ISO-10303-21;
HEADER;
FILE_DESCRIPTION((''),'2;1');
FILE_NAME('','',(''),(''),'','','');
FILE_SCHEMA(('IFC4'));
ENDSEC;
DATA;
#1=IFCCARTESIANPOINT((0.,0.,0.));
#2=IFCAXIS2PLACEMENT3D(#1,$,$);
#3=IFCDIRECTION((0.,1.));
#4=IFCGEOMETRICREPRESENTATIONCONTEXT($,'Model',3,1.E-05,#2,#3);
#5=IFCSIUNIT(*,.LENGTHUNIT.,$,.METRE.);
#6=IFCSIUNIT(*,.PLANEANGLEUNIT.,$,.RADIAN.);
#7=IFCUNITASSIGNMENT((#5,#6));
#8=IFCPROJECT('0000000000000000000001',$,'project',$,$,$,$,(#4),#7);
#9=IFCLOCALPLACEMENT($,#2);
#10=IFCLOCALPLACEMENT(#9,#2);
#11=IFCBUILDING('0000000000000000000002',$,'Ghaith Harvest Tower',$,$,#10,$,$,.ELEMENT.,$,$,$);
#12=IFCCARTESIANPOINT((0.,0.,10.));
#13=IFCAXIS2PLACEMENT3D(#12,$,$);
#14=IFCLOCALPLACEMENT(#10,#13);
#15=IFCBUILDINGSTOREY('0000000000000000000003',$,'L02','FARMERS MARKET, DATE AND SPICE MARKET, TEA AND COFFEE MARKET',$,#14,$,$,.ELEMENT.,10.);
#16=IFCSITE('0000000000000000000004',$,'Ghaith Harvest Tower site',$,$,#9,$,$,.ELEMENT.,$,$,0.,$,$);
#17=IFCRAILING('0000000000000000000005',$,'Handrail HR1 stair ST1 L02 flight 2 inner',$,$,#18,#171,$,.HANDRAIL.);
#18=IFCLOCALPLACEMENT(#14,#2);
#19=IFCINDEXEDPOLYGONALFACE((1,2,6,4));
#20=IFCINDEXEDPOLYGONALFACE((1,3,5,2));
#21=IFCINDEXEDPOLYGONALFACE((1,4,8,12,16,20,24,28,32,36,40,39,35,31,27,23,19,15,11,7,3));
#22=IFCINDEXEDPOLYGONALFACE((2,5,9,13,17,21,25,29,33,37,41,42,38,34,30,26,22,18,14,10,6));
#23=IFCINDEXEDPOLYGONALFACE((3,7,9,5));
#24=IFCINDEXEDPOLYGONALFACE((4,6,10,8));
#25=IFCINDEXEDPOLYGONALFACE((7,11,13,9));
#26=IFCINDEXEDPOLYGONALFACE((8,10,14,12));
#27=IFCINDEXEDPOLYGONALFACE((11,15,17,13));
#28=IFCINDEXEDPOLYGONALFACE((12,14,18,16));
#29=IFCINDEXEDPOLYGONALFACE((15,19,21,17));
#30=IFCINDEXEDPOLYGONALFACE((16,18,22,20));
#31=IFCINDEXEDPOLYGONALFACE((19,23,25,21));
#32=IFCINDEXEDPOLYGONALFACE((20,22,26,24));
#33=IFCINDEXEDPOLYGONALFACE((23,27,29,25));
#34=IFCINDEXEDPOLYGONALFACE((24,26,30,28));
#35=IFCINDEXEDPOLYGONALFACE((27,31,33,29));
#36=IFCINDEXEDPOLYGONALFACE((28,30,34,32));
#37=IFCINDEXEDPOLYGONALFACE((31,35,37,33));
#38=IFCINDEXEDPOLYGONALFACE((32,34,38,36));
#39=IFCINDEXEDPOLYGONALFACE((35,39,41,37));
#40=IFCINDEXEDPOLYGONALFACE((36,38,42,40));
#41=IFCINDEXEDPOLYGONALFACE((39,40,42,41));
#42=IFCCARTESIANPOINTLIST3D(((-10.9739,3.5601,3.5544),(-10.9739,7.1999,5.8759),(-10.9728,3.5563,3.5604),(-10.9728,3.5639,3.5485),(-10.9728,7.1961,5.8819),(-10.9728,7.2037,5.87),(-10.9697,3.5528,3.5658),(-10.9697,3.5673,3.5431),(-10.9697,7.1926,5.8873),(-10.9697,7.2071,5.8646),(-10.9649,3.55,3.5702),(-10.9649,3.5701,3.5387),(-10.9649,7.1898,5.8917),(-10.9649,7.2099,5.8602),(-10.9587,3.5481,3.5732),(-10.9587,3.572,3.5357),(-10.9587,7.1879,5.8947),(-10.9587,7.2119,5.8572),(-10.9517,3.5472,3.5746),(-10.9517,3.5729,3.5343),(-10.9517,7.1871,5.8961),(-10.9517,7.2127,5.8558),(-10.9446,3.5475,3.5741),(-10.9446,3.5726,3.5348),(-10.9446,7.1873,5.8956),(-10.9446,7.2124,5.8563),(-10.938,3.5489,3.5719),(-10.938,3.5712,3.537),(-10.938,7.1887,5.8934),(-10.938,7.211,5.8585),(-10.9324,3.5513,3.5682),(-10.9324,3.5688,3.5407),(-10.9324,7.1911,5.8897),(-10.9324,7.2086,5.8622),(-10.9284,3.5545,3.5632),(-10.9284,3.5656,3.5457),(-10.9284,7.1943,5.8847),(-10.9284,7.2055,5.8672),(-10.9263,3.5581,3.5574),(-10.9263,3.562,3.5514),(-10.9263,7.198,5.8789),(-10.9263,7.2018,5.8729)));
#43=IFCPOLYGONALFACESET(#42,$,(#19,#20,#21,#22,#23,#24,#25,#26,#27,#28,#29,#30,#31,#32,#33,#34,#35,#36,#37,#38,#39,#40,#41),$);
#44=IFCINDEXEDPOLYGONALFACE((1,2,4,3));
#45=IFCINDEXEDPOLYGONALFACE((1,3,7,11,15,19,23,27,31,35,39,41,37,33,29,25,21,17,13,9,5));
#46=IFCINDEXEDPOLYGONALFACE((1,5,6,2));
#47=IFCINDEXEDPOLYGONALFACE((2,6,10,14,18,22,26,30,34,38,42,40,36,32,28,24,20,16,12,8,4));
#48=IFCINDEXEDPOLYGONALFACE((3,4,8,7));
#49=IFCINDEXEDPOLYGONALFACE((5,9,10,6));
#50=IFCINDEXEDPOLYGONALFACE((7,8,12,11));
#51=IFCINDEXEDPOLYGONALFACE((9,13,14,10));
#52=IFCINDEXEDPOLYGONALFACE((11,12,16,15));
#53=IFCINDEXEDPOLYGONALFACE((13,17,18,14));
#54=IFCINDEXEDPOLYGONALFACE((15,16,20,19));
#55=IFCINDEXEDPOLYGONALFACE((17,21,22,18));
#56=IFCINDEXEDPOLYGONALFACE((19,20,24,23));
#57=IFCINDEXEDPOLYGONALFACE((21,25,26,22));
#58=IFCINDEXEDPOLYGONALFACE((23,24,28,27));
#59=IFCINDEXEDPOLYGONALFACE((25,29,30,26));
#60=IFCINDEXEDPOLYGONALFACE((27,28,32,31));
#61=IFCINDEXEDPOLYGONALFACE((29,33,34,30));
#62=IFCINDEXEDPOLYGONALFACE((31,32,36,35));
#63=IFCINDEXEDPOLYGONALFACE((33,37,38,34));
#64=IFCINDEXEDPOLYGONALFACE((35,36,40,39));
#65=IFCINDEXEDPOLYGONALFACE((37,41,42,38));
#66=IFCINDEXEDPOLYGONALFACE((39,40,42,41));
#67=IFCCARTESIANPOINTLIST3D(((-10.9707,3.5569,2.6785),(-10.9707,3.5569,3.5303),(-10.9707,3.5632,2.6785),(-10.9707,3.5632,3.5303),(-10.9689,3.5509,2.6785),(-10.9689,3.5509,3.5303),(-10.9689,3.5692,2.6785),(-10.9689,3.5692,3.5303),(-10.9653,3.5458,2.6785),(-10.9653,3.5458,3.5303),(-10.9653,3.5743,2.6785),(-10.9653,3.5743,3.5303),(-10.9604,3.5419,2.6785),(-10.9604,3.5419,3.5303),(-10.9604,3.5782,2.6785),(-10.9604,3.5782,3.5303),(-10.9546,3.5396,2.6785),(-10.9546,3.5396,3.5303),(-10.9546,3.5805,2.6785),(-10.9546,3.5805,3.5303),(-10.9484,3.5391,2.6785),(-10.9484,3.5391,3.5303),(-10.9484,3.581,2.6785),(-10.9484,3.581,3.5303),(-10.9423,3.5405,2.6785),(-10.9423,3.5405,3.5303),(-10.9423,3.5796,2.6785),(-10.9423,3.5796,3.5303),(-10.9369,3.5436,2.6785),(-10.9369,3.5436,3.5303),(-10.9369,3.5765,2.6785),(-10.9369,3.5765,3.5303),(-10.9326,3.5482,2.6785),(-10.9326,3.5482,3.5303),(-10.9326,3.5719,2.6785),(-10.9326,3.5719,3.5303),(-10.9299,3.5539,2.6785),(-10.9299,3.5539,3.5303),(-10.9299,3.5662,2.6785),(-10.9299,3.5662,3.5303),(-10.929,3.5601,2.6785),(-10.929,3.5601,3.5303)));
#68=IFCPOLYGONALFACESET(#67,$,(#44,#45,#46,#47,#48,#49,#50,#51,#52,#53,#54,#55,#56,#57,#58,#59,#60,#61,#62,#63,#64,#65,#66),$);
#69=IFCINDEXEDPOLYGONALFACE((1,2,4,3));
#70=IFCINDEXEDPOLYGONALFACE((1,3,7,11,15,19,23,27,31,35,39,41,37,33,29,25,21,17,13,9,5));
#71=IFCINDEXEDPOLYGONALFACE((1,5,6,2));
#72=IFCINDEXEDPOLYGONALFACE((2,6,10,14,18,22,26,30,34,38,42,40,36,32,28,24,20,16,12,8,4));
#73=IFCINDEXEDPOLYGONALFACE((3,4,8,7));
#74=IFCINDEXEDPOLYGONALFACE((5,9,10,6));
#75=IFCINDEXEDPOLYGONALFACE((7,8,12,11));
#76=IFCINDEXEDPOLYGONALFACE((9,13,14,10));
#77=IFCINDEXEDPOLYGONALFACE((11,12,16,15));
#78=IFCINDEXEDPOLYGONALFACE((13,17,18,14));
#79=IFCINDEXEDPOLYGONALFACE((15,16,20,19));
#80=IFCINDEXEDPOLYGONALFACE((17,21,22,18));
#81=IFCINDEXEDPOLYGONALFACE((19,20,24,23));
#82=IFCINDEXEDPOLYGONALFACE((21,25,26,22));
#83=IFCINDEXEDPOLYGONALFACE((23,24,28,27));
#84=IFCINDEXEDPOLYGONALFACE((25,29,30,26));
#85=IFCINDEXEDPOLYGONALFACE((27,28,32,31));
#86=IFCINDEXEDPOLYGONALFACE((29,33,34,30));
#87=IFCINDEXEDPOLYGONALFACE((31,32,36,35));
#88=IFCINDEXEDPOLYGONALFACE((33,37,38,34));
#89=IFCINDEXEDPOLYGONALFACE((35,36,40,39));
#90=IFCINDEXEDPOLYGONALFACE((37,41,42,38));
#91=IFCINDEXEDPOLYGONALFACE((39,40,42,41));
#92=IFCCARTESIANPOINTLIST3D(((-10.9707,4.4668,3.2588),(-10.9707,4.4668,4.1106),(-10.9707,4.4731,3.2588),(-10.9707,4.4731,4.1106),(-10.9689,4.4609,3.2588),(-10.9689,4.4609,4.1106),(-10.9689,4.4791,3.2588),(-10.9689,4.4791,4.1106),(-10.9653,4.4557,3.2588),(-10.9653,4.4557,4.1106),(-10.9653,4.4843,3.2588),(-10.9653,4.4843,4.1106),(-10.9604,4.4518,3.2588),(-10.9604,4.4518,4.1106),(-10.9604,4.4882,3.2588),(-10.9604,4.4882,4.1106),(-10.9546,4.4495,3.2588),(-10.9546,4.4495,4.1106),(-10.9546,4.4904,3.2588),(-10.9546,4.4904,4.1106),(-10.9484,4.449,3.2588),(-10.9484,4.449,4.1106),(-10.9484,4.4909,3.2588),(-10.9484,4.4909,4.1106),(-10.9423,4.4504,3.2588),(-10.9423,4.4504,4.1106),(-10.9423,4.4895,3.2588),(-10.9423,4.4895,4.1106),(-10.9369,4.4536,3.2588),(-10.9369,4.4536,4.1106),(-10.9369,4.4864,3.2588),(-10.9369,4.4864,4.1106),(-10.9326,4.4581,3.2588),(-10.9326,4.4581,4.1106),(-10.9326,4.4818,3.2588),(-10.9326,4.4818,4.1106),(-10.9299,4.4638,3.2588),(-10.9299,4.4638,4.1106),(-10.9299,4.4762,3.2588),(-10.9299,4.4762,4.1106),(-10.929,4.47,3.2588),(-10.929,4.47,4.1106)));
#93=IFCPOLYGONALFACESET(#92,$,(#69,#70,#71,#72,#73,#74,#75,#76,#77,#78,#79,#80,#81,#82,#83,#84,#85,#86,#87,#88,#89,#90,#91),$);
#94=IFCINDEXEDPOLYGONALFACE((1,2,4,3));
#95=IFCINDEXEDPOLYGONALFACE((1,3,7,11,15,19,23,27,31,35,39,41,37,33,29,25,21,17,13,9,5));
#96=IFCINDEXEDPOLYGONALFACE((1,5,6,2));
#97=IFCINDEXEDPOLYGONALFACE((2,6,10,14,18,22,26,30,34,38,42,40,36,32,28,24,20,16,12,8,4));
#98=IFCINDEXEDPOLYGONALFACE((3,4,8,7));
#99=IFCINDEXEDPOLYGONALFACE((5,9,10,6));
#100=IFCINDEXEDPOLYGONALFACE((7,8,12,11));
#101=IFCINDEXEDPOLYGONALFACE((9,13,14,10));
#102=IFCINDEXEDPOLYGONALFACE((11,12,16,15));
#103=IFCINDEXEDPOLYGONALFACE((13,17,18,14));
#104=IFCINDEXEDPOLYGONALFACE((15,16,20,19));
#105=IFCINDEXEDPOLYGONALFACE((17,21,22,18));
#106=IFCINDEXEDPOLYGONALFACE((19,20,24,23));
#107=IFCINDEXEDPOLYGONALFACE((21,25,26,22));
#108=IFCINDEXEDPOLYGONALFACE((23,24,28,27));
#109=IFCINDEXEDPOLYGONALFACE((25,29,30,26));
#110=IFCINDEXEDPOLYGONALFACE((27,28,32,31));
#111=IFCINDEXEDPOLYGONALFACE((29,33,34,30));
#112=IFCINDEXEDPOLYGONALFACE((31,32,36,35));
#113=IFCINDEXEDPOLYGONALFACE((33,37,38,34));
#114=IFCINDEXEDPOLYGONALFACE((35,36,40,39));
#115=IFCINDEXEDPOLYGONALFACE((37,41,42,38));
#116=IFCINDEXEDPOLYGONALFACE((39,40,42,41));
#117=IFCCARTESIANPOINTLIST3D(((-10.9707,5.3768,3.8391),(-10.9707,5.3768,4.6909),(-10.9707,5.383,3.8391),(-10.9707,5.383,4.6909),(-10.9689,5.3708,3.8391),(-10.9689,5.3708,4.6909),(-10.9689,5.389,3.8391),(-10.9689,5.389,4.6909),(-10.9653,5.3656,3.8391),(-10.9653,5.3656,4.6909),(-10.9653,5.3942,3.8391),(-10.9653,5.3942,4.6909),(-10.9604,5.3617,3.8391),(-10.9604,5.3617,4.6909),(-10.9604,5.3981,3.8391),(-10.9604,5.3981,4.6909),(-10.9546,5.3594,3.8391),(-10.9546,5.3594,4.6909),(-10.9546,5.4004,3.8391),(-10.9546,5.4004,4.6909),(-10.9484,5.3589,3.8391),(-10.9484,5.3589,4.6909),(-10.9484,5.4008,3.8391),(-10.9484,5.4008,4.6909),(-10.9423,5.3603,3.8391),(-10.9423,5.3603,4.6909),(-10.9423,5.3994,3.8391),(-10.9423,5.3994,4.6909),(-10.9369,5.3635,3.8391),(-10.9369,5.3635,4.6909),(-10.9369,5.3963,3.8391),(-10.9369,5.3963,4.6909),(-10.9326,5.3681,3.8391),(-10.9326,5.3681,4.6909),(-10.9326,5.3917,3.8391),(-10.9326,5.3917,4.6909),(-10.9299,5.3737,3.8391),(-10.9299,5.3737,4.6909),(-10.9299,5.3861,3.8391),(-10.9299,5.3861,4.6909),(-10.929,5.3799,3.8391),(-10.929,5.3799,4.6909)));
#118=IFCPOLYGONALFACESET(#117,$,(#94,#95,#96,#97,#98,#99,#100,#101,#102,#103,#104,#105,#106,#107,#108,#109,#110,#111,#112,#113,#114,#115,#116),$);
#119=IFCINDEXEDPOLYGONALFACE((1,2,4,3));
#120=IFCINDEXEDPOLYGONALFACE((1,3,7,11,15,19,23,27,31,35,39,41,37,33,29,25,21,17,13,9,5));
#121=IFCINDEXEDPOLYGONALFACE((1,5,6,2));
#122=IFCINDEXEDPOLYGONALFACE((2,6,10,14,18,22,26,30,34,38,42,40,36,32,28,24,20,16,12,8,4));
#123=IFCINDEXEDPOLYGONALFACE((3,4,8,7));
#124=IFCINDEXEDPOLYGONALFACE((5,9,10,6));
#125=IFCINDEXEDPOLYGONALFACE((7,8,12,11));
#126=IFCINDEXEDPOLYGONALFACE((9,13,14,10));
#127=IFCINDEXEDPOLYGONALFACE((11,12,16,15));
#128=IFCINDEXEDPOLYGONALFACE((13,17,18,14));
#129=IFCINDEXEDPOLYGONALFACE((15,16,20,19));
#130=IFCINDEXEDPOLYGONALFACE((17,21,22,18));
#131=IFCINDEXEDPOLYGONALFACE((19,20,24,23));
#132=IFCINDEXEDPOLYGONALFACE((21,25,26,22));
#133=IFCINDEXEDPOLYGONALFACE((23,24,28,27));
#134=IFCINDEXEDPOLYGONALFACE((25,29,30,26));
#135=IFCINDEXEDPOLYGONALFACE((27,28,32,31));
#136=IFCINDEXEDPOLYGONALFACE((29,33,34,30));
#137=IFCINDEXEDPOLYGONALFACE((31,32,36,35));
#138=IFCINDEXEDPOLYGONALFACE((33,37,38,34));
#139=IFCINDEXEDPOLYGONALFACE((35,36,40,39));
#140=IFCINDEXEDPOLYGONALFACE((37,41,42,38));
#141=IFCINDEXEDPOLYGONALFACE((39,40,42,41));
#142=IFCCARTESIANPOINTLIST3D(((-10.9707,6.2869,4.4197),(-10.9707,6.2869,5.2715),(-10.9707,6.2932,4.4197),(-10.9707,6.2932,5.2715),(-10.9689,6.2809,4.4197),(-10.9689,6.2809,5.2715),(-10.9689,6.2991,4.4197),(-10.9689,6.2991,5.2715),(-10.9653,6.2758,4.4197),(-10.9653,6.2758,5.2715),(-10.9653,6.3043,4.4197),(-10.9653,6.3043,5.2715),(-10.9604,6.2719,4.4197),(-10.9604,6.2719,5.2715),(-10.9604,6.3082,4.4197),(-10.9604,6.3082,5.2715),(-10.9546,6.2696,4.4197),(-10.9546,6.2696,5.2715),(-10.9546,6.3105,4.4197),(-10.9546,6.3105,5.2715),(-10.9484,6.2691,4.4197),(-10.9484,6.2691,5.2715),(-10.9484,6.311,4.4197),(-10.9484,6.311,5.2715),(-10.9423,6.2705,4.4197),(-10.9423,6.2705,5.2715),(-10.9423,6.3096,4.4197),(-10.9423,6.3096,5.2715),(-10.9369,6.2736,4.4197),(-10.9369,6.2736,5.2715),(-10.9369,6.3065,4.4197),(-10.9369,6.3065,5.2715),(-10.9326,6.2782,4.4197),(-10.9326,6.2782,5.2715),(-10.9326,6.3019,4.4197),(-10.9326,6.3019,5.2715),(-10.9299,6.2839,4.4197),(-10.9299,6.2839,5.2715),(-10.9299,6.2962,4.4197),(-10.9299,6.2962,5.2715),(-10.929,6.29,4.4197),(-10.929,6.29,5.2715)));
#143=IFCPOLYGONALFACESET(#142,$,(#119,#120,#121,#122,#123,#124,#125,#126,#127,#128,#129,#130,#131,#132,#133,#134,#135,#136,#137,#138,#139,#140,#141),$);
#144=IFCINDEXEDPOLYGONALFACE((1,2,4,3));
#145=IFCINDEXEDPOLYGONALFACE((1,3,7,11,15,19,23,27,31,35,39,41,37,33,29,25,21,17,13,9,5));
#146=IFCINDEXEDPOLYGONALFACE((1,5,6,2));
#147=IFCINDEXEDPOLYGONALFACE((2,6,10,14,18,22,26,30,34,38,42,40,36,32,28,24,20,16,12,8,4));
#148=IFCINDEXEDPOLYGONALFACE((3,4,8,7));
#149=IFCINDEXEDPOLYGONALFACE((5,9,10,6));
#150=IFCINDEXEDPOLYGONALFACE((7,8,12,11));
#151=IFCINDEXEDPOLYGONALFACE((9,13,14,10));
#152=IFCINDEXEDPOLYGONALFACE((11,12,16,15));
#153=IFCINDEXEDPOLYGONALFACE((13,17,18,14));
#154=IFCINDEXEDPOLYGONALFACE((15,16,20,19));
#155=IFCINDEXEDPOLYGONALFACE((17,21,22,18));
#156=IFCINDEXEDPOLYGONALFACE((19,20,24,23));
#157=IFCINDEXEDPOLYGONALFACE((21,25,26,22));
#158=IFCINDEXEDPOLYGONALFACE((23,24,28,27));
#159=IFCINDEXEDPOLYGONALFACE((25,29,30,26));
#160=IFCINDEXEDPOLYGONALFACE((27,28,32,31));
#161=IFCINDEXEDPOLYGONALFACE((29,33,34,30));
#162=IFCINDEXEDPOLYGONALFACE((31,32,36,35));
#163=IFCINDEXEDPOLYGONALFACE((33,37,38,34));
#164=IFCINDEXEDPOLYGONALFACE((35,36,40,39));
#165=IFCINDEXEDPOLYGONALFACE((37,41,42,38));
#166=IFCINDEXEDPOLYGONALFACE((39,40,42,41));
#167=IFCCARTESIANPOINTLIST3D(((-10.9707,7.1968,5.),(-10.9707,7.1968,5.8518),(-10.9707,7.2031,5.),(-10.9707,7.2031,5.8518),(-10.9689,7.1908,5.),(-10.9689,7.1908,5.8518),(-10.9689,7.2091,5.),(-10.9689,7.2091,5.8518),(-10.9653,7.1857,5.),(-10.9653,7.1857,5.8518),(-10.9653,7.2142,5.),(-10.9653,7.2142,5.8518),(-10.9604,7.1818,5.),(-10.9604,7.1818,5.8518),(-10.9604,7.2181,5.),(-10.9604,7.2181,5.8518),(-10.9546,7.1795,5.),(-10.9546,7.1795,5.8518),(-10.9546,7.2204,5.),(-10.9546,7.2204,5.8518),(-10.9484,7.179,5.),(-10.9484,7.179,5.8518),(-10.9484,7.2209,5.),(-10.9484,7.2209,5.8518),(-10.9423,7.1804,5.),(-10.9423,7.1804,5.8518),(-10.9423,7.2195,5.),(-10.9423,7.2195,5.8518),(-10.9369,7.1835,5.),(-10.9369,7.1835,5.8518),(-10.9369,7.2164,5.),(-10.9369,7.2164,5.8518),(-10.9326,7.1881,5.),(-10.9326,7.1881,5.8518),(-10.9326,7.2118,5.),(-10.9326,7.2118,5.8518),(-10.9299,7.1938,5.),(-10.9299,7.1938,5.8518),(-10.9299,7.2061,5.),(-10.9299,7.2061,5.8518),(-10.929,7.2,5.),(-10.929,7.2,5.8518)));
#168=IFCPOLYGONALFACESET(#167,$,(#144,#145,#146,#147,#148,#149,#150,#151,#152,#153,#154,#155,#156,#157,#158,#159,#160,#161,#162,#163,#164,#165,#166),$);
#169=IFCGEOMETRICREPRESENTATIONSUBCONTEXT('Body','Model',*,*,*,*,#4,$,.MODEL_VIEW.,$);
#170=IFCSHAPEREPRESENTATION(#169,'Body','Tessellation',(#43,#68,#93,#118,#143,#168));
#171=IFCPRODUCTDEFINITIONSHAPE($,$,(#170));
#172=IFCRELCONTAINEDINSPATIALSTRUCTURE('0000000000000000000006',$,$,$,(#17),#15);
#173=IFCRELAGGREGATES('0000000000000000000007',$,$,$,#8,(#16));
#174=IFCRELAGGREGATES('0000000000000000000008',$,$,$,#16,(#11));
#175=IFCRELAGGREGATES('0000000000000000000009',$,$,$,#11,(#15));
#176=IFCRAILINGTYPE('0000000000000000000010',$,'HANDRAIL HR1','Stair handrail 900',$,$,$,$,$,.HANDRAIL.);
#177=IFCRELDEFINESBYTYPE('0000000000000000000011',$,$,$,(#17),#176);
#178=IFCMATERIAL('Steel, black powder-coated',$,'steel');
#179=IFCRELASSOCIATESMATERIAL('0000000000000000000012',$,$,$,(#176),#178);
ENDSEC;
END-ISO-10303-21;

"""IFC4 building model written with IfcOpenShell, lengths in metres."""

from ifc_helpers import new_model, si_unit, direction, frame, origin, origin_2d, place, context, subcontext, project, spatial, circle, extrude, material, type_object, element, save


model = new_model("IFC4")

# Units and contexts
model_context = context("Model", 3, precision=1e-05, world=origin(), true_north=direction((0.0, 1.0)))
body_context = subcontext(model_context, "Body", "Model", "MODEL_VIEW")
ifc_project = project(units=[si_unit("LENGTHUNIT", "METRE"), si_unit("PLANEANGLEUNIT", "RADIAN")], contexts=[model_context])

# Site, building, storey
site_placement = place(None, origin())
site = spatial("IfcSite", under=ifc_project, at=site_placement, Name="Ghaith Harvest Tower site", CompositionType="ELEMENT", RefElevation=0.0)
building_placement = place(site_placement, origin())
building = spatial("IfcBuilding", under=site, at=building_placement, Name="Ghaith Harvest Tower", CompositionType="ELEMENT")
storey_placement = place(building_placement, frame((0.0, 0.0, 10.0)))
storey = spatial("IfcBuildingStorey", under=building, at=storey_placement, Name="L02", Description="FARMERS MARKET, DATE AND SPICE MARKET, TEA AND COFFEE MARKET", CompositionType="ELEMENT", Elevation=10.0)

# Railing
ifc_material_1 = material(Name="Steel, black powder-coated", Category="steel")
railing_type = type_object("IfcRailingType", Name="HANDRAIL HR1", Description="Stair handrail 900", PredefinedType="HANDRAIL", material=ifc_material_1)
railing_1_placement = place(storey_placement, frame((-10.95, 3.5601, 2.6785)))
element("IfcRailing", 1, at=railing_1_placement, inside=storey, type_object=railing_type, Name="Handrail HR1 stair ST1 L02 flight 2 inner", PredefinedType="HANDRAIL", context=body_context, shape_type="SweptSolid", body=[
    extrude(circle(Radius=0.0239, at=origin_2d()), frame((0.0, 0.0, 0.876), z_axis=(0.0, 0.843112, 0.537739), x_axis=(-1.0, 0.0, 0.0)), (0.0, 0.0, 1.0), 4.3171),
    extrude(circle(Radius=0.021, at=origin_2d()), origin(), (0.0, 0.0, 1.0), 0.8518),
    extrude(circle(Radius=0.021, at=origin_2d()), frame((0.0, 0.9099, 0.5803)), (0.0, 0.0, 1.0), 0.8518),
    extrude(circle(Radius=0.021, at=origin_2d()), frame((0.0, 1.8198, 1.1606)), (0.0, 0.0, 1.0), 0.8518),
    extrude(circle(Radius=0.021, at=origin_2d()), frame((0.0, 2.73, 1.7412)), (0.0, 0.0, 1.0), 0.8518),
    extrude(circle(Radius=0.021, at=origin_2d()), frame((0.0, 3.6399, 2.3215)), (0.0, 0.0, 1.0), 0.8518),
])

save(model, "model.ifc")
